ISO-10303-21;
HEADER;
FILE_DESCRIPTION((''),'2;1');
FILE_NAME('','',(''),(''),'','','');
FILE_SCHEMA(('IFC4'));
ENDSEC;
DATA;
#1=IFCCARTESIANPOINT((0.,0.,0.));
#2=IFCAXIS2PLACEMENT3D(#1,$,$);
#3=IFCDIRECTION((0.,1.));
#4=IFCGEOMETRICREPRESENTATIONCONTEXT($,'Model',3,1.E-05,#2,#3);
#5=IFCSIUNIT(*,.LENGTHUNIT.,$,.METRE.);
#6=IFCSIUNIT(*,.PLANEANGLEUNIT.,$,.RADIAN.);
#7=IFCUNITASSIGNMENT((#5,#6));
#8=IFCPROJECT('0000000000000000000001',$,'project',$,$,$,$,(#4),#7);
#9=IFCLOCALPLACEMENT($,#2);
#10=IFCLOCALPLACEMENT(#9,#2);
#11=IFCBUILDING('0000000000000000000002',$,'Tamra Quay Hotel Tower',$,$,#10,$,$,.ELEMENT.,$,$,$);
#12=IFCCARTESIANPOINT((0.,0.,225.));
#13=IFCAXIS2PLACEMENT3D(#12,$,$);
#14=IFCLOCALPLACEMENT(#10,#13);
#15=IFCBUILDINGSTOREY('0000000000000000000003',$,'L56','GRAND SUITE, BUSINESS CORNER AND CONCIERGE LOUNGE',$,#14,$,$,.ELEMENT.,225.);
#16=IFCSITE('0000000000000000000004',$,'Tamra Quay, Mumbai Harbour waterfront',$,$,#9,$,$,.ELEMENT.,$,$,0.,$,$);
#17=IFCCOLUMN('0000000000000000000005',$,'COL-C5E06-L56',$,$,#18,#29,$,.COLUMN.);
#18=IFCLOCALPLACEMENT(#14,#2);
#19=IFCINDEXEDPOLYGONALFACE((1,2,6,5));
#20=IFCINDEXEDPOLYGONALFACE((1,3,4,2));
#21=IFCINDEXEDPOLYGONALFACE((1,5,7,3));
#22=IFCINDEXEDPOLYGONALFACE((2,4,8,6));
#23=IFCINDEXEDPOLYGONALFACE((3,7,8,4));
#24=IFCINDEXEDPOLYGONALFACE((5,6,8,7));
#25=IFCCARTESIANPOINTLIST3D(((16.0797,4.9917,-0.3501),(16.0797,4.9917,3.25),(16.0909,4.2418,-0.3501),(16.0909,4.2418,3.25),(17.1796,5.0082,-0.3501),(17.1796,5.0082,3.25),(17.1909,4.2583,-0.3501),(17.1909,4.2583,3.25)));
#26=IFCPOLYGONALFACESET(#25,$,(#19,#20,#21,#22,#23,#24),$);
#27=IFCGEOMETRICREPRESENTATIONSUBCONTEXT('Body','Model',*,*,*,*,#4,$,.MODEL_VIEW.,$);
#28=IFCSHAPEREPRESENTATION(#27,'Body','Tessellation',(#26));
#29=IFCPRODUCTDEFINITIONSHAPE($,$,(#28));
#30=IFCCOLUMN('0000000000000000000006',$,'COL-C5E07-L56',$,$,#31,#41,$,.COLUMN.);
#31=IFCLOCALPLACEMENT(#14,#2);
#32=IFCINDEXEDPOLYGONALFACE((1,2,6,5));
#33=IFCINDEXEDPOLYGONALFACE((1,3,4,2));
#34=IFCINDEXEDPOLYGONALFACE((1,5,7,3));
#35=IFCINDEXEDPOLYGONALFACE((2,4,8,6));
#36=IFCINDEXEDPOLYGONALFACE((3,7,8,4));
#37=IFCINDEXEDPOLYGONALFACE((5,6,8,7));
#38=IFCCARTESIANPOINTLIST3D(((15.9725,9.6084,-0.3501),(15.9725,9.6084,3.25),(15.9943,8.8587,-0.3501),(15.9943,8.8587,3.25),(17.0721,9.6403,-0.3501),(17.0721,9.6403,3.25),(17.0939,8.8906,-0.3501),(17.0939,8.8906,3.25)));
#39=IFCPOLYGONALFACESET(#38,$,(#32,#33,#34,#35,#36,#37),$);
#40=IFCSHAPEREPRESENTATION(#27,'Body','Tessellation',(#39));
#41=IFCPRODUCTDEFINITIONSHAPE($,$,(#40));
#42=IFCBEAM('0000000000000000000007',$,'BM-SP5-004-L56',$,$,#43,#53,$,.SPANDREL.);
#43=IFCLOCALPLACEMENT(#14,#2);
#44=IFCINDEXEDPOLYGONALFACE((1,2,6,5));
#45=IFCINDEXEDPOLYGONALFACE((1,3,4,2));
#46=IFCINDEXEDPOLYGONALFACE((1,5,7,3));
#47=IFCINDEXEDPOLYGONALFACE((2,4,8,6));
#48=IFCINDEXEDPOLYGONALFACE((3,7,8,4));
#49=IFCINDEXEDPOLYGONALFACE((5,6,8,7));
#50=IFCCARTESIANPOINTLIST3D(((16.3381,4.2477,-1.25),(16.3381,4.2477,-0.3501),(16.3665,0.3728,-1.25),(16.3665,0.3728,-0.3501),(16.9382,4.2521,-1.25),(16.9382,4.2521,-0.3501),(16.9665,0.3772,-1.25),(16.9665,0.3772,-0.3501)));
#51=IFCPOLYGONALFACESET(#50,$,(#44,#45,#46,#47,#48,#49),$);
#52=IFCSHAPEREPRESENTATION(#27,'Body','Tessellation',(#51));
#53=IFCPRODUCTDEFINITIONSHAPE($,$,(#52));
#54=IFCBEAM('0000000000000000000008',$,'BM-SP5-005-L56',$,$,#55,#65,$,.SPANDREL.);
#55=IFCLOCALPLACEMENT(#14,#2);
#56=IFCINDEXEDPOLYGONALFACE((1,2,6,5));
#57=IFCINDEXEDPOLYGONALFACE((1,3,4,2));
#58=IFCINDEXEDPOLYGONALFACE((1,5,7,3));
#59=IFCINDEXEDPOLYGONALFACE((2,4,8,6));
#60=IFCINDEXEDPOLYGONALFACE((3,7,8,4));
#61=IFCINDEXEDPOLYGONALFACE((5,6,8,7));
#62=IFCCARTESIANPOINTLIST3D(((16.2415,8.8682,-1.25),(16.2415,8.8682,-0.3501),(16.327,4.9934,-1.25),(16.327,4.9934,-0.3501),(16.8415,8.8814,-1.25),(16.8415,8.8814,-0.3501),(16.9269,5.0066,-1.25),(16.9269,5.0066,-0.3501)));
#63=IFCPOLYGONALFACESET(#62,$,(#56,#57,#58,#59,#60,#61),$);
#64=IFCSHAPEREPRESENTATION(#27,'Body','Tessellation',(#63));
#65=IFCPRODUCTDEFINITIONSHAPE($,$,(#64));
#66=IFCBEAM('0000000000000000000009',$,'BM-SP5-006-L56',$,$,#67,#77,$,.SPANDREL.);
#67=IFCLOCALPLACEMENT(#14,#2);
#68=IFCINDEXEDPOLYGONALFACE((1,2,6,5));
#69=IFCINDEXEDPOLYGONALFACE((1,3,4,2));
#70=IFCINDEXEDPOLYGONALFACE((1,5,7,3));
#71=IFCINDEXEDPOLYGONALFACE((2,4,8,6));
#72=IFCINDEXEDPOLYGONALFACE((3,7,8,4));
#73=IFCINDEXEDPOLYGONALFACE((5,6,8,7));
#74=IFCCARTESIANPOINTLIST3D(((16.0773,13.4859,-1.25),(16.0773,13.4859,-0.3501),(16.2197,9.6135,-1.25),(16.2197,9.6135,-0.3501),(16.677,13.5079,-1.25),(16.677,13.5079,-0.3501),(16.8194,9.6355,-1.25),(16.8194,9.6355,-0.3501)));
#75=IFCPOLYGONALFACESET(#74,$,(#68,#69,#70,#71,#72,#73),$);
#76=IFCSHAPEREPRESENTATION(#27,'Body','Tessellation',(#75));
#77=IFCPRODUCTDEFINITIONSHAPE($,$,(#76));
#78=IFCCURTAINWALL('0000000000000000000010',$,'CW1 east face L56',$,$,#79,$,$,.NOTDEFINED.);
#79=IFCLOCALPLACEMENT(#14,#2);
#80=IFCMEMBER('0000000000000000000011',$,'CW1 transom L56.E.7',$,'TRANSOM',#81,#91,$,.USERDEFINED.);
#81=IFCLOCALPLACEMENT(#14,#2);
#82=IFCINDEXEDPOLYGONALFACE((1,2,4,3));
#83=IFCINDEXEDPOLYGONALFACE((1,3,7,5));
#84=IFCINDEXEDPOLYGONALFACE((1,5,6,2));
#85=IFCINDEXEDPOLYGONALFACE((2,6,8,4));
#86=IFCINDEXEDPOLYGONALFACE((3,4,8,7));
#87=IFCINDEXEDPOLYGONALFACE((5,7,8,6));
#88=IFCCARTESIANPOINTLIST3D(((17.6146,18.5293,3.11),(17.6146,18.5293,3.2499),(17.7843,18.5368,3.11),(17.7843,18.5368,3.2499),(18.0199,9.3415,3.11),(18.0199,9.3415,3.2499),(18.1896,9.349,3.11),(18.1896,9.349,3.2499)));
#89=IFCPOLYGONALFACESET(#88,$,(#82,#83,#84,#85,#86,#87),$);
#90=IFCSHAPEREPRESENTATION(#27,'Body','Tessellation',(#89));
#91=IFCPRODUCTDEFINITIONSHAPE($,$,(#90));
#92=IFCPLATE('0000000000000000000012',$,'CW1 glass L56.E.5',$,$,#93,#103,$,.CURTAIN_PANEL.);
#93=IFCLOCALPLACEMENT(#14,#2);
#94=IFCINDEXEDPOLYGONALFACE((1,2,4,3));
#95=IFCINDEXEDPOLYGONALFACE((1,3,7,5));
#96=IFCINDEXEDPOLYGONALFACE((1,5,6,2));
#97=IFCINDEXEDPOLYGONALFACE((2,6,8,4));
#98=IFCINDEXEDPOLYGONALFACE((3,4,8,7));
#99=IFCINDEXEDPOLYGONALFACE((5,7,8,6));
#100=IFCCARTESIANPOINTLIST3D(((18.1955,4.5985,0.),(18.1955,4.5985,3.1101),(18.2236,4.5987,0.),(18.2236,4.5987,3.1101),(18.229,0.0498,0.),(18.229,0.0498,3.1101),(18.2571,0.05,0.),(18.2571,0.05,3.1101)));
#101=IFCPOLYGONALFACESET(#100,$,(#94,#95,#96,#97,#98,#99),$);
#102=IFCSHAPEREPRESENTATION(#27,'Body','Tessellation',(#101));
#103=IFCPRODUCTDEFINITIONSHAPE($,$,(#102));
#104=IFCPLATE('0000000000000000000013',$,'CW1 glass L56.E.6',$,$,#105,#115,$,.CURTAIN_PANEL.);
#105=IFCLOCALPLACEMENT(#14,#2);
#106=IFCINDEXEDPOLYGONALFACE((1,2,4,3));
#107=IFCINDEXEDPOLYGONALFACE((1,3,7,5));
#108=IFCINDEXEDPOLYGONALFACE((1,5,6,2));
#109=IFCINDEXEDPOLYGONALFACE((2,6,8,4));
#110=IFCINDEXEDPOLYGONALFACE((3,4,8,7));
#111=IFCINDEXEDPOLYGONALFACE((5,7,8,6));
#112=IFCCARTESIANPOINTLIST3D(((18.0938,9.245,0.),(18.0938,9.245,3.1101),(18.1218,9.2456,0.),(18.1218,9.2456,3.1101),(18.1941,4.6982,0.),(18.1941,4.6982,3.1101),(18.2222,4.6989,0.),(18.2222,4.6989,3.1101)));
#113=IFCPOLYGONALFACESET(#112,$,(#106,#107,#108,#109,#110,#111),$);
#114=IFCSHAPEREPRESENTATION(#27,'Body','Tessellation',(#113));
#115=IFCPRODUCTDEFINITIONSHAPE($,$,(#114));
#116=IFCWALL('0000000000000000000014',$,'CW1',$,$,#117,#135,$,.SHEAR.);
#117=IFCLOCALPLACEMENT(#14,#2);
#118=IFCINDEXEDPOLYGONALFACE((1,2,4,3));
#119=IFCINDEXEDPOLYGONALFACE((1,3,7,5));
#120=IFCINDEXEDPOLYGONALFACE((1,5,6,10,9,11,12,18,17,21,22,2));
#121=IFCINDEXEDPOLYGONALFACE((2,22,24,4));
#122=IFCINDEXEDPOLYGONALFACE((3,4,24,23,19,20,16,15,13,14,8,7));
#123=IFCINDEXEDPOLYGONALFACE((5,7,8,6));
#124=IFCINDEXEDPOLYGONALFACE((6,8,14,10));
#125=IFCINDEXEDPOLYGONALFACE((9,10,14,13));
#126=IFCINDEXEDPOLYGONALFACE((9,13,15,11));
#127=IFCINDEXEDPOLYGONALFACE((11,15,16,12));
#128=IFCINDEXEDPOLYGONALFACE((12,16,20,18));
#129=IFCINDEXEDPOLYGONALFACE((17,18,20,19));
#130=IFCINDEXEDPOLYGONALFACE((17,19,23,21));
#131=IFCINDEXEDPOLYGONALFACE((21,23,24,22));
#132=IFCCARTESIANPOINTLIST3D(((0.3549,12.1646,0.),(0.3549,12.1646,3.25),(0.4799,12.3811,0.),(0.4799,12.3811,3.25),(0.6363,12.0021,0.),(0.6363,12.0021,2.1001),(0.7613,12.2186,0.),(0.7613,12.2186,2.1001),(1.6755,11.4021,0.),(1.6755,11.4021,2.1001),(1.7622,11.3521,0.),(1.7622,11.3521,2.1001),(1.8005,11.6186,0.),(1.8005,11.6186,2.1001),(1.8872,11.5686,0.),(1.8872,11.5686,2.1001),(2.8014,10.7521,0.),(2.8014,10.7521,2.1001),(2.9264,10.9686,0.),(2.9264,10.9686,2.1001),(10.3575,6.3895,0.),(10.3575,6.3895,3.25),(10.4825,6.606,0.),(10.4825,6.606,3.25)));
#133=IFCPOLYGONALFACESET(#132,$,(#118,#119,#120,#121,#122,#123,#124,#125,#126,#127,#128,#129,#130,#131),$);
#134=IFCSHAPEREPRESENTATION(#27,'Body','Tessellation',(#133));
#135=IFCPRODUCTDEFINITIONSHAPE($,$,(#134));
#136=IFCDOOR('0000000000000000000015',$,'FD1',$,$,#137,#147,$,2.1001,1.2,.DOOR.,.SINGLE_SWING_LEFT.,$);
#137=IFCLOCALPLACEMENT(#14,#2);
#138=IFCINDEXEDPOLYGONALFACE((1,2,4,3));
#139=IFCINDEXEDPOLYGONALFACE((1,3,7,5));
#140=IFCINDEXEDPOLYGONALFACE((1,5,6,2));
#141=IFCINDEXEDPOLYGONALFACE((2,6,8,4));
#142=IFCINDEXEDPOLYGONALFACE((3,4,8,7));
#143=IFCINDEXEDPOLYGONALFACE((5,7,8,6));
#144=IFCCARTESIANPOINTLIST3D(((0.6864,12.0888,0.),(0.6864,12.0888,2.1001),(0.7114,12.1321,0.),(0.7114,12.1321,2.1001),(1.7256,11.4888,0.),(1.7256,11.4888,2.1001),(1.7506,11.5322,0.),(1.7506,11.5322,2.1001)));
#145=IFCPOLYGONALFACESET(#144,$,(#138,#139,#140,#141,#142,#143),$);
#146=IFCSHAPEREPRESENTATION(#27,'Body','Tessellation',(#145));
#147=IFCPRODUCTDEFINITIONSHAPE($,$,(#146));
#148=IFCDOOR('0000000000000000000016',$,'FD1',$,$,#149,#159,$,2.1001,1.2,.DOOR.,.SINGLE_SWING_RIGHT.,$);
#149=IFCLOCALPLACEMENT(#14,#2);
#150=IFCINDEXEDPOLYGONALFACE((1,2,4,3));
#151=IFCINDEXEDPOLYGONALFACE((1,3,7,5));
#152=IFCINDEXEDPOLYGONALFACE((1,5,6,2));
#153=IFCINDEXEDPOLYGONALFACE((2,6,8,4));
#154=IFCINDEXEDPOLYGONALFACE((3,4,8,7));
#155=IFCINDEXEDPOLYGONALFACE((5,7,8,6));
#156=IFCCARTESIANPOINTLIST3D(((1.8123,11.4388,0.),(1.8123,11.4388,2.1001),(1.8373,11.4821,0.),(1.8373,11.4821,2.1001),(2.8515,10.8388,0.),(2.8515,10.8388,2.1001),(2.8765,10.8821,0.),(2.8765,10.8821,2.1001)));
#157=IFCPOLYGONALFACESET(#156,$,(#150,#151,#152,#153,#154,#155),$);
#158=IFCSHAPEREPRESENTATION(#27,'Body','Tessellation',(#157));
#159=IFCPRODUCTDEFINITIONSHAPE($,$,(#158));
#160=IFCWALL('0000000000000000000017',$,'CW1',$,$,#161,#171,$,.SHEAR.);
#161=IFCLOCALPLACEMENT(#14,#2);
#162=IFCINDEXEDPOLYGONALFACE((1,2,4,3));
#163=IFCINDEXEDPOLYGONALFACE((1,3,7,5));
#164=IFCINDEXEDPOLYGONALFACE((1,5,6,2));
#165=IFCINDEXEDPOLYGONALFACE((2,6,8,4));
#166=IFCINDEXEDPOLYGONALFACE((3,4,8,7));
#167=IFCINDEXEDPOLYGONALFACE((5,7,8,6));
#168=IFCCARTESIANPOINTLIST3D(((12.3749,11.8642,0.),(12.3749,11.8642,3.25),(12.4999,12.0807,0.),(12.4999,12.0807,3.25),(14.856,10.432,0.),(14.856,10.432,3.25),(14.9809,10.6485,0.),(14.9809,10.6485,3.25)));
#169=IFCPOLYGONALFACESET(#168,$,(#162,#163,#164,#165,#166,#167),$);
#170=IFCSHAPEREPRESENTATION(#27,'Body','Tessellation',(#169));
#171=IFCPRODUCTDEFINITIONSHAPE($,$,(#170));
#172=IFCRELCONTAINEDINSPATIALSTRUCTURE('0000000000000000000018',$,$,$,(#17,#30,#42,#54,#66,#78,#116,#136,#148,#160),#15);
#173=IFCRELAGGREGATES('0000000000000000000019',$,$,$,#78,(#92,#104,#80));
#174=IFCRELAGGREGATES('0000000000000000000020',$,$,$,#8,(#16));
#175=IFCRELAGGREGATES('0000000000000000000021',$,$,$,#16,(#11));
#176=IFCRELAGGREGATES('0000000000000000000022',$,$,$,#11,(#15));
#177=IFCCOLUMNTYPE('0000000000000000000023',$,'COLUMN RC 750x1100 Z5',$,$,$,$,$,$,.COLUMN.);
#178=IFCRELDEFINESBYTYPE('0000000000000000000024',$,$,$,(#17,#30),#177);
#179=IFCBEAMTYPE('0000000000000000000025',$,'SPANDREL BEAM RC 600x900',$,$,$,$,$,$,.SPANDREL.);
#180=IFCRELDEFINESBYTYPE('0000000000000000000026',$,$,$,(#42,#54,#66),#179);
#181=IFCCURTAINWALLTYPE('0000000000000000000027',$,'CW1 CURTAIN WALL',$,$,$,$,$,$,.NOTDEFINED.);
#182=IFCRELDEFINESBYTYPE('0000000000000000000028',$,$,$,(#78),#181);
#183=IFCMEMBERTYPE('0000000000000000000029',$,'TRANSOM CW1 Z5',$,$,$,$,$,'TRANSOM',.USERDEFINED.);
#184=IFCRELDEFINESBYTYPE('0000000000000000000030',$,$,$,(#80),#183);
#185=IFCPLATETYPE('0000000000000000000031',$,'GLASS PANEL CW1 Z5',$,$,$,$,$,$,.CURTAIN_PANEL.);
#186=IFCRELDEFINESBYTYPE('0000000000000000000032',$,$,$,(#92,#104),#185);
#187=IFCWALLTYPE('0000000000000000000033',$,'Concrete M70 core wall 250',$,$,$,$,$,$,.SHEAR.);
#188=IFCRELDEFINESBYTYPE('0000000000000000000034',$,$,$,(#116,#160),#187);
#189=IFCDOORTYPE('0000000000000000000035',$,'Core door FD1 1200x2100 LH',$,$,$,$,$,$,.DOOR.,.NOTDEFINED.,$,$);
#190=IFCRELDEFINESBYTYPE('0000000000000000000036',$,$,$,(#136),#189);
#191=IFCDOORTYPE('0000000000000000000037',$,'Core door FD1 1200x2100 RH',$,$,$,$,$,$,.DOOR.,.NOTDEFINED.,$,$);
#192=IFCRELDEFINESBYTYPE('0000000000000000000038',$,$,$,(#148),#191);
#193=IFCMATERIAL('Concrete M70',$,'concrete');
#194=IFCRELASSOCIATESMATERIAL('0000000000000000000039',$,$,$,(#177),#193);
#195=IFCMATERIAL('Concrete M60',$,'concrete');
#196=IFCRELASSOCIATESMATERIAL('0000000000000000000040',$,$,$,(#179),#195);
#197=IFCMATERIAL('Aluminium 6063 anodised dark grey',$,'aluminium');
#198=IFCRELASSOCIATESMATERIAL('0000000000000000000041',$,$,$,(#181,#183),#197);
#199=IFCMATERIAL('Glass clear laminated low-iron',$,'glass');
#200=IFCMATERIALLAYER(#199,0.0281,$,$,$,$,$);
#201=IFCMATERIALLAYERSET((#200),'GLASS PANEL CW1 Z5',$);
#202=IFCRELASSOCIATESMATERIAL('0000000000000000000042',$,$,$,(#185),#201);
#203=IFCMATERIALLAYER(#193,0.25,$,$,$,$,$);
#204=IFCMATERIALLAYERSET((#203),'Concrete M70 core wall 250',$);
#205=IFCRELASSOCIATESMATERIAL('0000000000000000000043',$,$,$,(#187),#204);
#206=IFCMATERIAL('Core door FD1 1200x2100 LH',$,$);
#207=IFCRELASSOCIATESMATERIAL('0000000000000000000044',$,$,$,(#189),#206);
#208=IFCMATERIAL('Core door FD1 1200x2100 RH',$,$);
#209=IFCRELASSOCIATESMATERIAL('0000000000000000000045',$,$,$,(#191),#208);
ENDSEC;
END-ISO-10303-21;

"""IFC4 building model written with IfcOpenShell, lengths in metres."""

from ifc_helpers import new_model, si_unit, direction, frame, frame_2d, origin, origin_2d, place, context, subcontext, project, spatial, rectangle, extrude, material, layer, layer_set, material_profile, profile_set, type_object, element, fill, aggregate, save


model = new_model("IFC4")

# Units and contexts
model_context = context("Model", 3, precision=1e-05, world=origin(), true_north=direction((0.0, 1.0)))
body_context = subcontext(model_context, "Body", "Model", "MODEL_VIEW")
ifc_project = project(units=[si_unit("LENGTHUNIT", "METRE"), si_unit("PLANEANGLEUNIT", "RADIAN")], contexts=[model_context])

# Site, building, storey
site_placement = place(None, origin())
site = spatial("IfcSite", under=ifc_project, at=site_placement, Name="Tamra Quay, Mumbai Harbour waterfront", CompositionType="ELEMENT", RefElevation=0.0)
building_placement = place(site_placement, origin())
building = spatial("IfcBuilding", under=site, at=building_placement, Name="Tamra Quay Hotel Tower", CompositionType="ELEMENT")
storey_placement = place(building_placement, frame((0.0, 0.0, 225.0)))
storey = spatial("IfcBuildingStorey", under=building, at=storey_placement, Name="L56", Description="GRAND SUITE, BUSINESS CORNER AND CONCIERGE LOUNGE", CompositionType="ELEMENT", Elevation=225.0)

# Columns
ifc_material_1 = material(Name="Concrete M70", Category="concrete")
ifc_material_profile_1 = material_profile(ifc_material_1, rectangle(XDim=1.1001, YDim=0.75, at=origin_2d()), Name="COLUMN RC 750x1100 Z5")
ifc_profile_set_1 = profile_set([ifc_material_profile_1], Name="Concrete M70")
column_type = type_object("IfcColumnType", Name="COLUMN RC 750x1100 Z5", PredefinedType="COLUMN", material=ifc_profile_set_1)
for number, where, z_axis, x_axis, name in (
    (1, (16.6353, 4.625, -0.3501), (0.0, 0.0, 1.0), (0.999888, 0.014959, 0.0), "COL-C5E06-L56"),
    (2, (16.5332, 9.2495, -0.3501), (0.0, 0.0, 1.0), (0.999579, 0.029028, 0.0), "COL-C5E07-L56"),
):
    element("IfcColumn", number, at=place(storey_placement, frame(where, z_axis=z_axis, x_axis=x_axis)), inside=storey, type_object=column_type, Name=name, PredefinedType="COLUMN", context=body_context, shape_type="SweptSolid", body=[
        extrude(rectangle(XDim=1.1001, YDim=0.75, at=origin_2d()), origin(), (0.0, 0.0, 1.0), 3.6001),
    ])

# Beams
ifc_material_2 = material(Name="Concrete M60", Category="concrete")
ifc_material_profile_2 = material_profile(ifc_material_2, rectangle(XDim=0.6001, YDim=0.8999, at=origin_2d()), Name="SPANDREL BEAM RC 600x900")
ifc_profile_set_2 = profile_set([ifc_material_profile_2], Name="Concrete M60")
beam_type = type_object("IfcBeamType", Name="SPANDREL BEAM RC 600x900", PredefinedType="SPANDREL", material=ifc_profile_set_2)
beam_1_placement = place(storey_placement, frame((16.6665, 0.375, -0.8), z_axis=(-0.007308, 0.999973, 0.0), x_axis=(-0.999973, -0.007308, 0.0)))
element("IfcBeam", 3, at=beam_1_placement, inside=storey, type_object=beam_type, Name="BM-SP5-004-L56", PredefinedType="SPANDREL", context=body_context, shape_type="SweptSolid", body=[
    extrude(rectangle(XDim=0.6001, YDim=0.8999, at=origin_2d()), origin(), (0.0, 0.0, 1.0), 3.875),
])
beam_2_placement = place(storey_placement, frame((16.627, 5.0, -0.8), z_axis=(-0.022047, 0.999757, 0.0), x_axis=(-0.999757, -0.022047, 0.0)))
element("IfcBeam", 4, at=beam_2_placement, inside=storey, type_object=beam_type, Name="BM-SP5-005-L56", PredefinedType="SPANDREL", context=body_context, shape_type="SweptSolid", body=[
    extrude(rectangle(XDim=0.6001, YDim=0.8999, at=origin_2d()), origin(), (0.0, 0.0, 1.0), 3.8757),
])
beam_3_placement = place(storey_placement, frame((16.5195, 9.6245, -0.8), z_axis=(-0.036732, 0.999325, 0.0), x_axis=(-0.999325, -0.036732, 0.0)))
element("IfcBeam", 5, at=beam_3_placement, inside=storey, type_object=beam_type, Name="BM-SP5-006-L56", PredefinedType="SPANDREL", context=body_context, shape_type="SweptSolid", body=[
    extrude(rectangle(XDim=0.6001, YDim=0.8999, at=origin_2d()), origin(), (0.0, 0.0, 1.0), 3.875),
])

# Curtain wall, member, plates
ifc_material_3 = material(Name="Aluminium 6063 anodised dark grey", Category="aluminium")
curtain_wall_type = type_object("IfcCurtainWallType", Name="CW1 CURTAIN WALL", PredefinedType="NOTDEFINED", material=ifc_material_3)
curtain_wall_placement = place(storey_placement, origin())
curtain_wall = element("IfcCurtainWall", 6, at=curtain_wall_placement, inside=storey, type_object=curtain_wall_type, Name="CW1 east face L56", PredefinedType="NOTDEFINED")
ifc_material_profile_3 = material_profile(ifc_material_3, rectangle(XDim=0.1699, YDim=0.1399, at=origin_2d()), Name="TRANSOM 170X140")
ifc_profile_set_3 = profile_set([ifc_material_profile_3], Name="Aluminium 6063 anodised dark grey")
member_type = type_object("IfcMemberType", Name="TRANSOM CW1 Z5", ElementType="TRANSOM", PredefinedType="USERDEFINED", material=ifc_profile_set_3)
member_placement = place(storey_placement, frame((18.1047, 9.3452, 3.1799), z_axis=(-0.044067, 0.999029, 0.0), x_axis=(-0.999029, -0.044067, 0.0)))
member = element("IfcMember", 7, at=member_placement, type_object=member_type, Name="CW1 transom L56.E.7", ObjectType="TRANSOM", PredefinedType="USERDEFINED", context=body_context, shape_type="SweptSolid", body=[
    extrude(rectangle(XDim=0.1699, YDim=0.1399, at=origin_2d()), origin(), (0.0, 0.0, 1.0), 9.1968),
])
ifc_material_4 = material(Name="Glass clear laminated low-iron", Category="glass")
ifc_layer_1 = layer(ifc_material_4, 0.0281)
ifc_layer_set_1 = layer_set([ifc_layer_1], Name="GLASS PANEL CW1 Z5")
plate_type = type_object("IfcPlateType", Name="GLASS PANEL CW1 Z5", PredefinedType="CURTAIN_PANEL", material=ifc_layer_set_1)
plate_1_placement = place(storey_placement, frame((18.2263, 2.3242, 0.0), z_axis=(0.0, 0.0, 1.0), x_axis=(-0.007362, 0.999973, 0.0)))
plate_1 = element("IfcPlate", 8, at=plate_1_placement, type_object=plate_type, Name="CW1 glass L56.E.5", PredefinedType="CURTAIN_PANEL", context=body_context, shape_type="SweptSolid", body=[
    extrude(rectangle(XDim=4.5488, YDim=0.0281, at=origin_2d()), origin(), (0.0, 0.0, 1.0), 3.1101),
])
plate_2_placement = place(storey_placement, frame((18.158, 6.9719, 0.0), z_axis=(0.0, 0.0, 1.0), x_axis=(-0.022063, 0.999757, 0.0)))
plate_2 = element("IfcPlate", 9, at=plate_2_placement, type_object=plate_type, Name="CW1 glass L56.E.6", PredefinedType="CURTAIN_PANEL", context=body_context, shape_type="SweptSolid", body=[
    extrude(rectangle(XDim=4.5479, YDim=0.0281, at=origin_2d()), origin(), (0.0, 0.0, 1.0), 3.1101),
])
aggregate(curtain_wall, [plate_1, plate_2, member])

# Wall, openings, doors
ifc_layer_2 = layer(ifc_material_1, 0.25)
ifc_layer_set_2 = layer_set([ifc_layer_2], Name="Concrete M70 core wall 250")
wall_type_1 = type_object("IfcWallType", Name="Concrete M70 core wall 250", PredefinedType="SHEAR", material=ifc_layer_set_2)
wall_1_placement = place(storey_placement, frame((10.4199, 6.4978, 0.0), z_axis=(0.0, 0.0, 1.0), x_axis=(-0.866022, 0.500006, 0.0)))
wall_1 = element("IfcWall", 10, at=wall_1_placement, inside=storey, type_object=wall_type_1, Name="CW1", PredefinedType="SHEAR", context=body_context, shape_type="SweptSolid", body=[
    extrude(rectangle(XDim=11.55, YDim=0.25, at=frame_2d((5.7749, 0.0))), origin(), (0.0, 0.0, 1.0), 3.25),
])
opening_1_placement = place(wall_1_placement, frame((10.0249, 0.0, 0.0)))
opening_1 = element("IfcOpeningElement", 11, at=opening_1_placement, cuts=wall_1, PredefinedType="OPENING", context=body_context, shape_type="SweptSolid", body=[
    extrude(rectangle(XDim=1.2, YDim=2.1001, at=frame_2d((0.6001, 1.05))), frame((0.0, 0.135, 0.0), z_axis=(0.0, -1.0, 0.0), x_axis=(1.0, 0.0, 0.0)), (0.0, 0.0, 1.0), 0.27),
])
opening_2_placement = place(wall_1_placement, frame((8.7249, 0.0, 0.0)))
opening_2 = element("IfcOpeningElement", 12, at=opening_2_placement, cuts=wall_1, PredefinedType="OPENING", context=body_context, shape_type="SweptSolid", body=[
    extrude(rectangle(XDim=1.2, YDim=2.1001, at=frame_2d((0.6001, 1.05))), frame((0.0, 0.135, 0.0), z_axis=(0.0, -1.0, 0.0), x_axis=(1.0, 0.0, 0.0)), (0.0, 0.0, 1.0), 0.27),
])
ifc_material_5 = material(Name="Core door FD1 1200x2100 LH")
door_type_1 = type_object("IfcDoorType", Name="Core door FD1 1200x2100 LH", OperationType="NOTDEFINED", PredefinedType="DOOR", material=ifc_material_5)
door_1_placement = place(opening_1_placement, origin())
door_1 = element("IfcDoor", 13, at=door_1_placement, inside=storey, type_object=door_type_1, Name="FD1", OperationType="SINGLE_SWING_LEFT", OverallHeight=2.1001, OverallWidth=1.2, PredefinedType="DOOR", context=body_context, shape_type="SweptSolid", body=[
    extrude(rectangle(XDim=1.2, YDim=2.1001, at=frame_2d((0.6001, 1.05))), frame((0.0, 0.0249, 0.0), z_axis=(0.0, -1.0, 0.0), x_axis=(1.0, 0.0, 0.0)), (0.0, 0.0, 1.0), 0.05),
])
fill(opening_1, door_1)
ifc_material_6 = material(Name="Core door FD1 1200x2100 RH")
door_type_2 = type_object("IfcDoorType", Name="Core door FD1 1200x2100 RH", OperationType="NOTDEFINED", PredefinedType="DOOR", material=ifc_material_6)
door_2_placement = place(opening_2_placement, origin())
door_2 = element("IfcDoor", 14, at=door_2_placement, inside=storey, type_object=door_type_2, Name="FD1", OperationType="SINGLE_SWING_RIGHT", OverallHeight=2.1001, OverallWidth=1.2, PredefinedType="DOOR", context=body_context, shape_type="SweptSolid", body=[
    extrude(rectangle(XDim=1.2, YDim=2.1001, at=frame_2d((0.6001, 1.05))), frame((0.0, 0.0249, 0.0), z_axis=(0.0, -1.0, 0.0), x_axis=(1.0, 0.0, 0.0)), (0.0, 0.0, 1.0), 0.05),
])
fill(opening_2, door_2)

# Wall
wall_2_placement = place(storey_placement, frame((14.9185, 10.5403, 0.0), z_axis=(0.0, 0.0, 1.0), x_axis=(-0.866064, 0.499934, 0.0)))
element("IfcWall", 15, at=wall_2_placement, inside=storey, type_object=wall_type_1, Name="CW1", PredefinedType="SHEAR", context=body_context, shape_type="SweptSolid", body=[
    extrude(rectangle(XDim=2.8647, YDim=0.25, at=frame_2d((1.4324, 0.0))), origin(), (0.0, 0.0, 1.0), 3.25),
])

save(model, "model.ifc")
